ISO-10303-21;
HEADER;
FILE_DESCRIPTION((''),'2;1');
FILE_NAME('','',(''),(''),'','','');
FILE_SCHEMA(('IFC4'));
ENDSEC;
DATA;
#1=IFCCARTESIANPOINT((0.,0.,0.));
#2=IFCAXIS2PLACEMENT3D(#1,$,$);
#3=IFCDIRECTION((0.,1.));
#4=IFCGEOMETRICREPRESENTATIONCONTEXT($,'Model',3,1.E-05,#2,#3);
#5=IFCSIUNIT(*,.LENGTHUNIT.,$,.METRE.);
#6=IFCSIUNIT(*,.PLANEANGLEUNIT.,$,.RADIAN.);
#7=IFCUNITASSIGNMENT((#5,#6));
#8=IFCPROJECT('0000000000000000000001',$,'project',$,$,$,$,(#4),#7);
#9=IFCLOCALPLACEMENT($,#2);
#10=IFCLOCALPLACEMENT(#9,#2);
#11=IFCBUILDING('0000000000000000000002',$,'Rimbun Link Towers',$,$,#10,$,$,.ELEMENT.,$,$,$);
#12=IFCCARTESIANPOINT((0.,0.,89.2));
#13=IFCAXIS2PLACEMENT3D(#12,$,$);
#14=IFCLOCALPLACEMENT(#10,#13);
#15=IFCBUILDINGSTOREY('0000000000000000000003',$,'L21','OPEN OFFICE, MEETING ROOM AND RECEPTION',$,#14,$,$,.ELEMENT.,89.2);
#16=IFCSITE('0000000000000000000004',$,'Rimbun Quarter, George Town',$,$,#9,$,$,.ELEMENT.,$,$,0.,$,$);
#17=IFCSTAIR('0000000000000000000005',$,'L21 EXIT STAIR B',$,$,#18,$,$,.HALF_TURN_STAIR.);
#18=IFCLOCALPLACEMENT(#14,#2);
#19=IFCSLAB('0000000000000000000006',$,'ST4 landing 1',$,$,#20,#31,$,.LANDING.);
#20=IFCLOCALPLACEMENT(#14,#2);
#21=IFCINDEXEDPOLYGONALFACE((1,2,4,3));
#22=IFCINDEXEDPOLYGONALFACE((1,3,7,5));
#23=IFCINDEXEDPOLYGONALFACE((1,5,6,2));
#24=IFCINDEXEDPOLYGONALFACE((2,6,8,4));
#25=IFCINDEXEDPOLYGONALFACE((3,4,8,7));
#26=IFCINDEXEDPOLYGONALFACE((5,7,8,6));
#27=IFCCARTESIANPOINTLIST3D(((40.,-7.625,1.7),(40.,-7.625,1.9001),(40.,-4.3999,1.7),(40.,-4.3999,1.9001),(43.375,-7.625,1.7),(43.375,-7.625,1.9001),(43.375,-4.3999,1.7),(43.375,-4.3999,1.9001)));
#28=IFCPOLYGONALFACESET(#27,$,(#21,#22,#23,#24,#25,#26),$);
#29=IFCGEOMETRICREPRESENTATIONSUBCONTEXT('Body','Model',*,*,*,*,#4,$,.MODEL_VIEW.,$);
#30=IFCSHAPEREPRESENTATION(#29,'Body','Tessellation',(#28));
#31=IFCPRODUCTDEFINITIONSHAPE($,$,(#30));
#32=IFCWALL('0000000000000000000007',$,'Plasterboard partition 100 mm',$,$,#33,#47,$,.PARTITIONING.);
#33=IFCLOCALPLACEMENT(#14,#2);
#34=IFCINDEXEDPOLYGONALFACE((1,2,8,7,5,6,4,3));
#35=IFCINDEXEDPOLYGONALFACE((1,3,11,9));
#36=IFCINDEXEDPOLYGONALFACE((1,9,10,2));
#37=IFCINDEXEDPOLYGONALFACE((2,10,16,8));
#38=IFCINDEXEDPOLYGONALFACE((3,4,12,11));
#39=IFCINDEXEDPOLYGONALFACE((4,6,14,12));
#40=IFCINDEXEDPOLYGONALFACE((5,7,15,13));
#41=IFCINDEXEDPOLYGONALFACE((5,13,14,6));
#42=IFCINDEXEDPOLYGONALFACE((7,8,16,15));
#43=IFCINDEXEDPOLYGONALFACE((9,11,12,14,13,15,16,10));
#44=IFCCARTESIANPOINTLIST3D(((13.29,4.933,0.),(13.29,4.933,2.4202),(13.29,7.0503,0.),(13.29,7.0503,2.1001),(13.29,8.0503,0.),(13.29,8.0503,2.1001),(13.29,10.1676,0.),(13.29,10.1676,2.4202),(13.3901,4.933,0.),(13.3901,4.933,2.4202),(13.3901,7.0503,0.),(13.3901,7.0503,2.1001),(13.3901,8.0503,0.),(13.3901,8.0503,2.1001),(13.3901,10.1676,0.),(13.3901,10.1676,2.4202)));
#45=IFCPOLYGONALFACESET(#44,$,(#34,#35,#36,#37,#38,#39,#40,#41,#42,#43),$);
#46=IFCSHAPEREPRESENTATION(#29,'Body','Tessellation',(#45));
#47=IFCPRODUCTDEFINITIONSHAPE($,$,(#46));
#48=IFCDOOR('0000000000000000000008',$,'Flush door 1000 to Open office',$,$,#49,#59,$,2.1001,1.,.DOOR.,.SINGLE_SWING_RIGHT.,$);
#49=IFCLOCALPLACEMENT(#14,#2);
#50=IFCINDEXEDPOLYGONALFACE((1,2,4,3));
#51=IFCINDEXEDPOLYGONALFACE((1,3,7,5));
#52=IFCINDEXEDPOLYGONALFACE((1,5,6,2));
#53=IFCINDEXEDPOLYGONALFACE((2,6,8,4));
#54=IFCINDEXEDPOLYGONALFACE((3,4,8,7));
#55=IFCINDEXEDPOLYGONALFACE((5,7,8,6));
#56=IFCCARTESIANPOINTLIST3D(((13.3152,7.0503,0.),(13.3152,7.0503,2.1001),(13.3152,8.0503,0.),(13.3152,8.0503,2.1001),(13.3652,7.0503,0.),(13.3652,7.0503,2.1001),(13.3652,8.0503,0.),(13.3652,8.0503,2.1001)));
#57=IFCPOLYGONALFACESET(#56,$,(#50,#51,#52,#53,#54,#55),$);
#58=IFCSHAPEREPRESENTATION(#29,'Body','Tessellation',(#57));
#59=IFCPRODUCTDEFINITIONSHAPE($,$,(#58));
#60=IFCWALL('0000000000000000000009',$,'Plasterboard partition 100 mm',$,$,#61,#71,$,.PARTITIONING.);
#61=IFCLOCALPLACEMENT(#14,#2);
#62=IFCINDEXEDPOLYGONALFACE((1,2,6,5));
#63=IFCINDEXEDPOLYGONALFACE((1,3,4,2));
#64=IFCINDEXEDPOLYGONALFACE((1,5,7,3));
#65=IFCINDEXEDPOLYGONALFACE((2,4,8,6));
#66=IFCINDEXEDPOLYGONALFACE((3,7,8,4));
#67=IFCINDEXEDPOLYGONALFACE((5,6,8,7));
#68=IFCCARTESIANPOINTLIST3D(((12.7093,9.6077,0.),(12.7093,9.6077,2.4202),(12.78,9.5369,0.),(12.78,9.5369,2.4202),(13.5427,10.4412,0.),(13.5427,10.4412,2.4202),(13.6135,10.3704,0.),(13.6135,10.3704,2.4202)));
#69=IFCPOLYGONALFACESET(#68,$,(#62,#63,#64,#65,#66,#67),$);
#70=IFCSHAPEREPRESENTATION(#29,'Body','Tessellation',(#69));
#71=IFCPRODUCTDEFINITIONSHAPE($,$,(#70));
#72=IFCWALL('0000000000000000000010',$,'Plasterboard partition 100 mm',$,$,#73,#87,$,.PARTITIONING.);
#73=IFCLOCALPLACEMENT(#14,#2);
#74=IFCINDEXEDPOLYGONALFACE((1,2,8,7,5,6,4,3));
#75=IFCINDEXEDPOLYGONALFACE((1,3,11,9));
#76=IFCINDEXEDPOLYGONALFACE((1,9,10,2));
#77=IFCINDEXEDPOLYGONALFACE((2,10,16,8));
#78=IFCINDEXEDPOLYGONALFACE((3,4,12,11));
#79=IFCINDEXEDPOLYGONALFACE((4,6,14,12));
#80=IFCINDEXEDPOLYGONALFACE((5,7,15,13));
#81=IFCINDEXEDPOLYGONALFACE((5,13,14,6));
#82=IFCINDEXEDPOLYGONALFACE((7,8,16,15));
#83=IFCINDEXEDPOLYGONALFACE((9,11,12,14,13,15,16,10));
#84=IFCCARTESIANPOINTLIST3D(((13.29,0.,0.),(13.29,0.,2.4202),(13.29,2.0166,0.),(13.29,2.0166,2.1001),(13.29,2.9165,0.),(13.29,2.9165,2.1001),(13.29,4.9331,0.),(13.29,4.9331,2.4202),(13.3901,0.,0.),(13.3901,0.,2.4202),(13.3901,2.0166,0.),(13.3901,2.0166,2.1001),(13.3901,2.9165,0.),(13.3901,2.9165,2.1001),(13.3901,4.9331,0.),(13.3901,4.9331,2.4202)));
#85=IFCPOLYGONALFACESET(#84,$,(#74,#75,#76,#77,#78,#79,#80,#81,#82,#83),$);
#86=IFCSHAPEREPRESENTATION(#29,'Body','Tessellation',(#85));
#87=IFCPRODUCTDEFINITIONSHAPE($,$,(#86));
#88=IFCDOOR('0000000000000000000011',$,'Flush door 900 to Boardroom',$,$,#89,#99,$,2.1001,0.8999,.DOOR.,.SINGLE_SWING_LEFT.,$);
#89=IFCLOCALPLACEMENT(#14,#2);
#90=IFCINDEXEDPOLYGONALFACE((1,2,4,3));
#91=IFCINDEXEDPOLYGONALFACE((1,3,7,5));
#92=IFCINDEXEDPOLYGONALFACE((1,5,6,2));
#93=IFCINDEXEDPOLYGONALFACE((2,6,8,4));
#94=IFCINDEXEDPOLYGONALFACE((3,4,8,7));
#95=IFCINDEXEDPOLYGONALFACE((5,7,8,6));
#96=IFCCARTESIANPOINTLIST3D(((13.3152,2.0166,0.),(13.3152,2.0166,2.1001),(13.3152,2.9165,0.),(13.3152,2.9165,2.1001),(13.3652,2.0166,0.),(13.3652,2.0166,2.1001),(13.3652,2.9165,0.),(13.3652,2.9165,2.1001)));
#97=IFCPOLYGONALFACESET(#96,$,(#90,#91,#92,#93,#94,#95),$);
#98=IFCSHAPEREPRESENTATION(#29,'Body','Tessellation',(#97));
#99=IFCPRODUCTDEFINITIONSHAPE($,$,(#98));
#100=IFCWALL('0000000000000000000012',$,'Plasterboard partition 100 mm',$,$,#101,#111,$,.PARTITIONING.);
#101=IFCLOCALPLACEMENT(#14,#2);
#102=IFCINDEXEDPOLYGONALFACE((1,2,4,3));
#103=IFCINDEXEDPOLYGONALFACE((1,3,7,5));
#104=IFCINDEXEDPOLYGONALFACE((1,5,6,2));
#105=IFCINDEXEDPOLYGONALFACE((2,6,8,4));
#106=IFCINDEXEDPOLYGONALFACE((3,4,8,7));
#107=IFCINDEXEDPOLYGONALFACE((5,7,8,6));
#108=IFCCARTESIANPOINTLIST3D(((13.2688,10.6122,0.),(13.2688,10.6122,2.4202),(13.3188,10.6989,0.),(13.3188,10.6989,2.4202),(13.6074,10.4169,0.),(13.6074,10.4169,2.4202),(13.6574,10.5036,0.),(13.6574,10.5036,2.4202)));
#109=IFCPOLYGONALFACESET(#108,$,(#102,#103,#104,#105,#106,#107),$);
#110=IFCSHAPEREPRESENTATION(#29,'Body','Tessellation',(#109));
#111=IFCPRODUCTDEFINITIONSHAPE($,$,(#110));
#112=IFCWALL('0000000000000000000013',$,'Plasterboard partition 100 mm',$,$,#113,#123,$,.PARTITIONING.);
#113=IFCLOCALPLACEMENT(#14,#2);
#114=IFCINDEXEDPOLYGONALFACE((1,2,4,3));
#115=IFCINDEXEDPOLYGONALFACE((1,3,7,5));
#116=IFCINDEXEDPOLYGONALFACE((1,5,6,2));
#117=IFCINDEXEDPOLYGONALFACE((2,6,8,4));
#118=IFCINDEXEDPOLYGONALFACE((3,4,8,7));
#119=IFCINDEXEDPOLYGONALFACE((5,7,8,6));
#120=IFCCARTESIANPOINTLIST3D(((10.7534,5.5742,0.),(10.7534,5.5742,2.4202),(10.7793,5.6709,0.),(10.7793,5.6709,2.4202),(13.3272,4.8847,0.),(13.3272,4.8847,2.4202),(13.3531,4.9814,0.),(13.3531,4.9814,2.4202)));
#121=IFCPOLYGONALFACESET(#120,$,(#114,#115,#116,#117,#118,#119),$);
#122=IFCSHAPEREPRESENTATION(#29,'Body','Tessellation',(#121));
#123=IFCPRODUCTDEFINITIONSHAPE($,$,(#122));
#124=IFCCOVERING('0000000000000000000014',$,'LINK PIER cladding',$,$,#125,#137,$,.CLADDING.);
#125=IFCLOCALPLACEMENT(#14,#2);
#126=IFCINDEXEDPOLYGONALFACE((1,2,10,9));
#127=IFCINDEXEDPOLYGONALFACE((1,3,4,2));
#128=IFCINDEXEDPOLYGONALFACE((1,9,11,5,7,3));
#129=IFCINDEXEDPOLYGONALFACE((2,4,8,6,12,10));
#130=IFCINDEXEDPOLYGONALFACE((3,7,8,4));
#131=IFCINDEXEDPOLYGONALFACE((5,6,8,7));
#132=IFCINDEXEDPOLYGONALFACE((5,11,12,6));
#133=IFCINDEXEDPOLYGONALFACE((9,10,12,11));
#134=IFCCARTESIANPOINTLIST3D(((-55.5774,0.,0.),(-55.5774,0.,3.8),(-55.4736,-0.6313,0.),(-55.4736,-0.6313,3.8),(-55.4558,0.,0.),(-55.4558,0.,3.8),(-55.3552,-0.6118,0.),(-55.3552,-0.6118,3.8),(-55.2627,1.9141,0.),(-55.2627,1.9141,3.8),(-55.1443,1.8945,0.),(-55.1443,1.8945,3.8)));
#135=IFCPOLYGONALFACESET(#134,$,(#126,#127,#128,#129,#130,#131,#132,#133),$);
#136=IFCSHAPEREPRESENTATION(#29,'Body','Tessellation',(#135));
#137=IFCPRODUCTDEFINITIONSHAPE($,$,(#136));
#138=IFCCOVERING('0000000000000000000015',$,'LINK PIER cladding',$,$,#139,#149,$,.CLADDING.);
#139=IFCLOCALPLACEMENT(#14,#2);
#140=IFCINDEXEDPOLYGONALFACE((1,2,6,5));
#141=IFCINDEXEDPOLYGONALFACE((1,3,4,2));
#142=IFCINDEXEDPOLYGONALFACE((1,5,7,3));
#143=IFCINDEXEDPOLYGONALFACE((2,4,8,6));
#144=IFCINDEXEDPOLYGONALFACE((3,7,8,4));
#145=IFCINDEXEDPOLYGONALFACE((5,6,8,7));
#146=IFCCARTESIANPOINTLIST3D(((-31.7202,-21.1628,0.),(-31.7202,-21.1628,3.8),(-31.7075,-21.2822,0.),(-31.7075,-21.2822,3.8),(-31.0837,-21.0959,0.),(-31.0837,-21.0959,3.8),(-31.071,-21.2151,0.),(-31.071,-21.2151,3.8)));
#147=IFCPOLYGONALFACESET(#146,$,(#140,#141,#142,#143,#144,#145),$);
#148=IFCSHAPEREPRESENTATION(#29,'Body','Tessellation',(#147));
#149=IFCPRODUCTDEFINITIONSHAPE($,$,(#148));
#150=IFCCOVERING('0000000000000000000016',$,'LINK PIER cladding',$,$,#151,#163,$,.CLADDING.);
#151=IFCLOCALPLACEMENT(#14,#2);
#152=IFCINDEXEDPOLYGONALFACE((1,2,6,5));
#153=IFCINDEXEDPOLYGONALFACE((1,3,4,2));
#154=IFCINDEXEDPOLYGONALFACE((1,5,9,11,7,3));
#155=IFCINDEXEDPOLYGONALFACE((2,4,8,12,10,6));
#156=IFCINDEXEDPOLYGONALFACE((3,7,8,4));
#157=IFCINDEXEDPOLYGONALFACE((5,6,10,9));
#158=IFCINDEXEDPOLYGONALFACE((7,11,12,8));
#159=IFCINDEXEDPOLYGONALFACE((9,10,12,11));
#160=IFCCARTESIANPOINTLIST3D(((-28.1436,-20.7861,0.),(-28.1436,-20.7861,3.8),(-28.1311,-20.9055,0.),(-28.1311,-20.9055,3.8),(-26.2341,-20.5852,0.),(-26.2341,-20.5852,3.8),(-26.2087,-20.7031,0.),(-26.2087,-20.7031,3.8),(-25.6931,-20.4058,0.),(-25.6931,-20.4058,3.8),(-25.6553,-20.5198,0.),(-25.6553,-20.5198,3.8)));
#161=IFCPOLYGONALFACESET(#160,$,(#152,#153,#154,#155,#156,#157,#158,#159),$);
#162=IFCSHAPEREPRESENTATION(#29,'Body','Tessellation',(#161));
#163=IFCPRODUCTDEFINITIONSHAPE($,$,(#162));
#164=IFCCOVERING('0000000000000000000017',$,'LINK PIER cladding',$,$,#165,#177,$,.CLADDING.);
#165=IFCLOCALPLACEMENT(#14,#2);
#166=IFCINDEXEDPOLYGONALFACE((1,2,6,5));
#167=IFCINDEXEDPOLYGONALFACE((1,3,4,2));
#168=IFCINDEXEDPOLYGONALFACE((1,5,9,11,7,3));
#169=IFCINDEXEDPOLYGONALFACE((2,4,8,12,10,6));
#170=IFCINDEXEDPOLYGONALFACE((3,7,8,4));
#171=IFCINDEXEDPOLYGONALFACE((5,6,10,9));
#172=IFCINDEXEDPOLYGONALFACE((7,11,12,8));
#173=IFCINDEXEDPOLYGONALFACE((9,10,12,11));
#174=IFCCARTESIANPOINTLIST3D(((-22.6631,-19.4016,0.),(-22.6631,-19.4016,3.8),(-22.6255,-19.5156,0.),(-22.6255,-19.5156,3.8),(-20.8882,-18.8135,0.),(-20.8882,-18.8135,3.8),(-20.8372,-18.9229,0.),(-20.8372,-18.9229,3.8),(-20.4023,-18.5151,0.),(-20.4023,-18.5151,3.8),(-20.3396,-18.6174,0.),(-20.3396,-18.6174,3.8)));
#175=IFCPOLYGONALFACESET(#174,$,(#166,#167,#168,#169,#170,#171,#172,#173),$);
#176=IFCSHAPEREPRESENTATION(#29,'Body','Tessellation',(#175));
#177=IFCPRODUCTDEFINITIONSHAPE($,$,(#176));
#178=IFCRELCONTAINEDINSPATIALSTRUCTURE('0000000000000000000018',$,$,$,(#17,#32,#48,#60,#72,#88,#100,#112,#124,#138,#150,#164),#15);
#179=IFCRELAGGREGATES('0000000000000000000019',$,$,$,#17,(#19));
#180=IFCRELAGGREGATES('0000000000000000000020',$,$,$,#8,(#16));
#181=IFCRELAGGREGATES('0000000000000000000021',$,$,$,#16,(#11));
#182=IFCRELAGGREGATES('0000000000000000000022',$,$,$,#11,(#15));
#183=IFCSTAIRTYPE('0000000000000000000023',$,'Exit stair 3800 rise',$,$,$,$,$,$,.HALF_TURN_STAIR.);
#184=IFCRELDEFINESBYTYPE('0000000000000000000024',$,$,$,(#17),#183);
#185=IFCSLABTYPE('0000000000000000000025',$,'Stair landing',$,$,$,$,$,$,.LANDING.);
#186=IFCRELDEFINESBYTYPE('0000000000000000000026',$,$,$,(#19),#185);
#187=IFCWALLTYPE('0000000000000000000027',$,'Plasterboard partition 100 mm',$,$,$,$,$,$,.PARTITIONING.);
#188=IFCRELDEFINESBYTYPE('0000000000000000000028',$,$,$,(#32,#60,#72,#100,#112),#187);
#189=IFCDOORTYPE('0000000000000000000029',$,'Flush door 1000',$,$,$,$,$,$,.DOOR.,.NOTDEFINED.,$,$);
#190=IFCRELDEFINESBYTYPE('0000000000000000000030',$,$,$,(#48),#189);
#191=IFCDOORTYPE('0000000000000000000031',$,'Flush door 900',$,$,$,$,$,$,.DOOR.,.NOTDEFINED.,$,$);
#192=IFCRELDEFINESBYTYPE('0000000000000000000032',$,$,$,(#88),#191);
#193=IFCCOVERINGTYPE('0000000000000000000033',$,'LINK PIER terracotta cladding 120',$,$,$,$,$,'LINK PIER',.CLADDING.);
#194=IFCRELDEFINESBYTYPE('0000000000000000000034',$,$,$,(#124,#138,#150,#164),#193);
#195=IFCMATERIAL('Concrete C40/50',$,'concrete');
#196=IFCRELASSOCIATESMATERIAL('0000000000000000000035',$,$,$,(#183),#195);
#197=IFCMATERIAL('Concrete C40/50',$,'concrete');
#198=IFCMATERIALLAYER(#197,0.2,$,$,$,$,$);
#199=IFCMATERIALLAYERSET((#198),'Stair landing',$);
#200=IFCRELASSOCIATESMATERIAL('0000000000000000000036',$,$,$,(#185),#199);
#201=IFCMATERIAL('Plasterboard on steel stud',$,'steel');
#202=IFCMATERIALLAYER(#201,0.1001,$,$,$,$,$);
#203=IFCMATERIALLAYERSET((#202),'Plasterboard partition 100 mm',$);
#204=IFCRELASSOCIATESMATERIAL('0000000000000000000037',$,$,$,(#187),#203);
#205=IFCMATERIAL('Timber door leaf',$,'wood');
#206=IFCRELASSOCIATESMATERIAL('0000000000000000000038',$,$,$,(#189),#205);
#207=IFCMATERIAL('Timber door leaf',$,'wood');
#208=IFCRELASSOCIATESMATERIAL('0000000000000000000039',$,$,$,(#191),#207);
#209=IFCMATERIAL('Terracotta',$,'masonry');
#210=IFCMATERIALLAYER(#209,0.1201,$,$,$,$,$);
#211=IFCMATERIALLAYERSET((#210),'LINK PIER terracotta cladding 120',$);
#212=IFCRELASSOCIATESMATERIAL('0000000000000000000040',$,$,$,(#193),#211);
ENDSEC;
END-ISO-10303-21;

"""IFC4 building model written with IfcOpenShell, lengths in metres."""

from ifc_helpers import new_model, si_unit, direction, frame, frame_2d, origin, place, context, subcontext, project, spatial, polyline, rectangle, outline, extrude, material, layer, layer_set, type_object, element, fill, aggregate, save


model = new_model("IFC4")

# Units and contexts
model_context = context("Model", 3, precision=1e-05, world=origin(), true_north=direction((0.0, 1.0)))
body_context = subcontext(model_context, "Body", "Model", "MODEL_VIEW")
ifc_project = project(units=[si_unit("LENGTHUNIT", "METRE"), si_unit("PLANEANGLEUNIT", "RADIAN")], contexts=[model_context])

# Site, building, storey
site_placement = place(None, origin())
site = spatial("IfcSite", under=ifc_project, at=site_placement, Name="Rimbun Quarter, George Town", CompositionType="ELEMENT", RefElevation=0.0)
building_placement = place(site_placement, origin())
building = spatial("IfcBuilding", under=site, at=building_placement, Name="Rimbun Link Towers", CompositionType="ELEMENT")
storey_placement = place(building_placement, frame((0.0, 0.0, 89.2)))
storey = spatial("IfcBuildingStorey", under=building, at=storey_placement, Name="L21", Description="OPEN OFFICE, MEETING ROOM AND RECEPTION", CompositionType="ELEMENT", Elevation=89.2)

# Stair, slab
ifc_material_1 = material(Name="Concrete C40/50", Category="concrete")
stair_type = type_object("IfcStairType", Name="Exit stair 3800 rise", PredefinedType="HALF_TURN_STAIR", material=ifc_material_1)
ifc_material_2 = material(Name="Concrete C40/50", Category="concrete")
ifc_layer_1 = layer(ifc_material_2, 0.2)
ifc_layer_set_1 = layer_set([ifc_layer_1], Name="Stair landing")
slab_type = type_object("IfcSlabType", Name="Stair landing", PredefinedType="LANDING", material=ifc_layer_set_1)
stair_1_placement = place(storey_placement, origin())
stair_1 = element("IfcStair", 1, at=stair_1_placement, inside=storey, type_object=stair_type, Name="L21 EXIT STAIR B", PredefinedType="HALF_TURN_STAIR")
slab_1_placement = place(storey_placement, frame((0.0, 0.0, 1.7)))
slab_1 = element("IfcSlab", 2, at=slab_1_placement, type_object=slab_type, Name="ST4 landing 1", PredefinedType="LANDING", context=body_context, shape_type="SweptSolid", body=[
    extrude(outline(polyline([(40.0, -7.625), (43.375, -7.625), (43.375, -4.3999), (40.0, -4.3999), (40.0, -7.625)])), origin(), (0.0, 0.0, 1.0), 0.2002),
])
aggregate(stair_1, [slab_1])

# Wall, opening, door
ifc_material_3 = material(Name="Plasterboard on steel stud", Category="steel")
ifc_layer_2 = layer(ifc_material_3, 0.1001)
ifc_layer_set_2 = layer_set([ifc_layer_2], Name="Plasterboard partition 100 mm")
wall_type = type_object("IfcWallType", Name="Plasterboard partition 100 mm", PredefinedType="PARTITIONING", material=ifc_layer_set_2)
wall_1_placement = place(storey_placement, frame((13.3401, 4.9331, 0.0), z_axis=(0.0, 0.0, 1.0), x_axis=(0.0, 1.0, 0.0)))
wall_1 = element("IfcWall", 3, at=wall_1_placement, inside=storey, type_object=wall_type, Name="Plasterboard partition 100 mm", PredefinedType="PARTITIONING", context=body_context, shape_type="SweptSolid", body=[
    extrude(rectangle(XDim=5.2346, YDim=0.1001, at=frame_2d((2.6172, 0.0))), origin(), (0.0, 0.0, 1.0), 2.4202),
])
opening_1_placement = place(wall_1_placement, frame((2.1172, 0.0, 0.0)))
opening_1 = element("IfcOpeningElement", 4, at=opening_1_placement, cuts=wall_1, PredefinedType="OPENING", context=body_context, shape_type="SweptSolid", body=[
    extrude(rectangle(XDim=1.0, YDim=2.1001, at=frame_2d((0.5, 1.05))), frame((0.0, 0.0601, 0.0), z_axis=(0.0, -1.0, 0.0), x_axis=(1.0, 0.0, 0.0)), (0.0, 0.0, 1.0), 0.1201),
])
ifc_material_4 = material(Name="Timber door leaf", Category="wood")
door_type_1 = type_object("IfcDoorType", Name="Flush door 1000", OperationType="NOTDEFINED", PredefinedType="DOOR", material=ifc_material_4)
door_1_placement = place(opening_1_placement, origin())
door_1 = element("IfcDoor", 5, at=door_1_placement, inside=storey, type_object=door_type_1, Name="Flush door 1000 to Open office", OperationType="SINGLE_SWING_RIGHT", OverallHeight=2.1001, OverallWidth=1.0, PredefinedType="DOOR", context=body_context, shape_type="SweptSolid", body=[
    extrude(rectangle(XDim=1.0, YDim=2.1001, at=frame_2d((0.5, 1.05))), frame((0.0, 0.0249, 0.0), z_axis=(0.0, -1.0, 0.0), x_axis=(1.0, 0.0, 0.0)), (0.0, 0.0, 1.0), 0.05),
])
fill(opening_1, door_1)

# Wall
wall_2_placement = place(storey_placement, frame((13.5781, 10.4058, 0.0), z_axis=(0.0, 0.0, 1.0), x_axis=(-0.707107, -0.707107, 0.0)))
element("IfcWall", 6, at=wall_2_placement, inside=storey, type_object=wall_type, Name="Plasterboard partition 100 mm", PredefinedType="PARTITIONING", context=body_context, shape_type="SweptSolid", body=[
    extrude(rectangle(XDim=1.1787, YDim=0.1001, at=frame_2d((0.5894, 0.0))), origin(), (0.0, 0.0, 1.0), 2.4202),
])

# Wall, opening, door
wall_3_placement = place(storey_placement, frame((13.3401, 0.0, 0.0), z_axis=(0.0, 0.0, 1.0), x_axis=(0.0, 1.0, 0.0)))
wall_3 = element("IfcWall", 7, at=wall_3_placement, inside=storey, type_object=wall_type, Name="Plasterboard partition 100 mm", PredefinedType="PARTITIONING", context=body_context, shape_type="SweptSolid", body=[
    extrude(rectangle(XDim=4.9331, YDim=0.1001, at=frame_2d((2.4666, 0.0))), origin(), (0.0, 0.0, 1.0), 2.4202),
])
opening_2_placement = place(wall_3_placement, frame((2.0166, 0.0, 0.0)))
opening_2 = element("IfcOpeningElement", 8, at=opening_2_placement, cuts=wall_3, PredefinedType="OPENING", context=body_context, shape_type="SweptSolid", body=[
    extrude(rectangle(XDim=0.8999, YDim=2.1001, at=frame_2d((0.45, 1.05))), frame((0.0, 0.0601, 0.0), z_axis=(0.0, -1.0, 0.0), x_axis=(1.0, 0.0, 0.0)), (0.0, 0.0, 1.0), 0.1201),
])
ifc_material_5 = material(Name="Timber door leaf", Category="wood")
door_type_2 = type_object("IfcDoorType", Name="Flush door 900", OperationType="NOTDEFINED", PredefinedType="DOOR", material=ifc_material_5)
door_2_placement = place(opening_2_placement, origin())
door_2 = element("IfcDoor", 9, at=door_2_placement, inside=storey, type_object=door_type_2, Name="Flush door 900 to Boardroom", OperationType="SINGLE_SWING_LEFT", OverallHeight=2.1001, OverallWidth=0.8999, PredefinedType="DOOR", context=body_context, shape_type="SweptSolid", body=[
    extrude(rectangle(XDim=0.8999, YDim=2.1001, at=frame_2d((0.45, 1.05))), frame((0.0, 0.0249, 0.0), z_axis=(0.0, -1.0, 0.0), x_axis=(1.0, 0.0, 0.0)), (0.0, 0.0, 1.0), 0.05),
])
fill(opening_2, door_2)

# Walls
wall_4_placement = place(storey_placement, frame((13.2939, 10.6555, 0.0), z_axis=(0.0, 0.0, 1.0), x_axis=(0.866238, -0.499632, 0.0)))
element("IfcWall", 10, at=wall_4_placement, inside=storey, type_object=wall_type, Name="Plasterboard partition 100 mm", PredefinedType="PARTITIONING", context=body_context, shape_type="SweptSolid", body=[
    extrude(rectangle(XDim=0.3909, YDim=0.1001, at=frame_2d((0.1953, 0.0))), origin(), (0.0, 0.0, 1.0), 2.4202),
])
wall_5_placement = place(storey_placement, frame((10.7664, 5.6226, 0.0), z_axis=(0.0, 0.0, 1.0), x_axis=(0.965942, -0.258757, 0.0)))
element("IfcWall", 11, at=wall_5_placement, inside=storey, type_object=wall_type, Name="Plasterboard partition 100 mm", PredefinedType="PARTITIONING", context=body_context, shape_type="SweptSolid", body=[
    extrude(rectangle(XDim=2.6646, YDim=0.1001, at=frame_2d((1.3323, 0.0))), origin(), (0.0, 0.0, 1.0), 2.4202),
])

# Coverings
ifc_material_6 = material(Name="Terracotta", Category="masonry")
ifc_layer_3 = layer(ifc_material_6, 0.1201)
ifc_layer_set_3 = layer_set([ifc_layer_3], Name="LINK PIER terracotta cladding 120")
covering_type_1 = type_object("IfcCoveringType", Name="LINK PIER terracotta cladding 120", ElementType="LINK PIER", PredefinedType="CLADDING", material=ifc_layer_set_3)
covering_1_placement = place(storey_placement, origin())
element("IfcCovering", 12, at=covering_1_placement, inside=storey, type_object=covering_type_1, Name="LINK PIER cladding", PredefinedType="CLADDING", context=body_context, shape_type="SweptSolid", body=[
    extrude(outline(polyline([(-55.3552, -0.6118), (-55.4558, 0.0), (-55.1443, 1.8945), (-55.2627, 1.9141), (-55.5774, 0.0), (-55.4736, -0.6313), (-55.3552, -0.6118)])), origin(), (0.0, 0.0, 1.0), 3.8),
])
covering_2_placement = place(storey_placement, origin())
element("IfcCovering", 13, at=covering_2_placement, inside=storey, type_object=covering_type_1, Name="LINK PIER cladding", PredefinedType="CLADDING", context=body_context, shape_type="SweptSolid", body=[
    extrude(outline(polyline([(-31.0837, -21.0959), (-31.7202, -21.1628), (-31.7075, -21.2822), (-31.071, -21.2151), (-31.0837, -21.0959)])), origin(), (0.0, 0.0, 1.0), 3.8),
])
covering_3_placement = place(storey_placement, origin())
element("IfcCovering", 14, at=covering_3_placement, inside=storey, type_object=covering_type_1, Name="LINK PIER cladding", PredefinedType="CLADDING", context=body_context, shape_type="SweptSolid", body=[
    extrude(outline(polyline([(-25.6931, -20.4058), (-26.2341, -20.5852), (-28.1436, -20.7861), (-28.1311, -20.9055), (-26.2087, -20.7031), (-25.6553, -20.5198), (-25.6931, -20.4058)])), origin(), (0.0, 0.0, 1.0), 3.8),
])
covering_4_placement = place(storey_placement, origin())
element("IfcCovering", 15, at=covering_4_placement, inside=storey, type_object=covering_type_1, Name="LINK PIER cladding", PredefinedType="CLADDING", context=body_context, shape_type="SweptSolid", body=[
    extrude(outline(polyline([(-20.4023, -18.5151), (-20.8882, -18.8135), (-22.6631, -19.4016), (-22.6255, -19.5156), (-20.8372, -18.9229), (-20.3396, -18.6174), (-20.4023, -18.5151)])), origin(), (0.0, 0.0, 1.0), 3.8),
])

save(model, "model.ifc")
